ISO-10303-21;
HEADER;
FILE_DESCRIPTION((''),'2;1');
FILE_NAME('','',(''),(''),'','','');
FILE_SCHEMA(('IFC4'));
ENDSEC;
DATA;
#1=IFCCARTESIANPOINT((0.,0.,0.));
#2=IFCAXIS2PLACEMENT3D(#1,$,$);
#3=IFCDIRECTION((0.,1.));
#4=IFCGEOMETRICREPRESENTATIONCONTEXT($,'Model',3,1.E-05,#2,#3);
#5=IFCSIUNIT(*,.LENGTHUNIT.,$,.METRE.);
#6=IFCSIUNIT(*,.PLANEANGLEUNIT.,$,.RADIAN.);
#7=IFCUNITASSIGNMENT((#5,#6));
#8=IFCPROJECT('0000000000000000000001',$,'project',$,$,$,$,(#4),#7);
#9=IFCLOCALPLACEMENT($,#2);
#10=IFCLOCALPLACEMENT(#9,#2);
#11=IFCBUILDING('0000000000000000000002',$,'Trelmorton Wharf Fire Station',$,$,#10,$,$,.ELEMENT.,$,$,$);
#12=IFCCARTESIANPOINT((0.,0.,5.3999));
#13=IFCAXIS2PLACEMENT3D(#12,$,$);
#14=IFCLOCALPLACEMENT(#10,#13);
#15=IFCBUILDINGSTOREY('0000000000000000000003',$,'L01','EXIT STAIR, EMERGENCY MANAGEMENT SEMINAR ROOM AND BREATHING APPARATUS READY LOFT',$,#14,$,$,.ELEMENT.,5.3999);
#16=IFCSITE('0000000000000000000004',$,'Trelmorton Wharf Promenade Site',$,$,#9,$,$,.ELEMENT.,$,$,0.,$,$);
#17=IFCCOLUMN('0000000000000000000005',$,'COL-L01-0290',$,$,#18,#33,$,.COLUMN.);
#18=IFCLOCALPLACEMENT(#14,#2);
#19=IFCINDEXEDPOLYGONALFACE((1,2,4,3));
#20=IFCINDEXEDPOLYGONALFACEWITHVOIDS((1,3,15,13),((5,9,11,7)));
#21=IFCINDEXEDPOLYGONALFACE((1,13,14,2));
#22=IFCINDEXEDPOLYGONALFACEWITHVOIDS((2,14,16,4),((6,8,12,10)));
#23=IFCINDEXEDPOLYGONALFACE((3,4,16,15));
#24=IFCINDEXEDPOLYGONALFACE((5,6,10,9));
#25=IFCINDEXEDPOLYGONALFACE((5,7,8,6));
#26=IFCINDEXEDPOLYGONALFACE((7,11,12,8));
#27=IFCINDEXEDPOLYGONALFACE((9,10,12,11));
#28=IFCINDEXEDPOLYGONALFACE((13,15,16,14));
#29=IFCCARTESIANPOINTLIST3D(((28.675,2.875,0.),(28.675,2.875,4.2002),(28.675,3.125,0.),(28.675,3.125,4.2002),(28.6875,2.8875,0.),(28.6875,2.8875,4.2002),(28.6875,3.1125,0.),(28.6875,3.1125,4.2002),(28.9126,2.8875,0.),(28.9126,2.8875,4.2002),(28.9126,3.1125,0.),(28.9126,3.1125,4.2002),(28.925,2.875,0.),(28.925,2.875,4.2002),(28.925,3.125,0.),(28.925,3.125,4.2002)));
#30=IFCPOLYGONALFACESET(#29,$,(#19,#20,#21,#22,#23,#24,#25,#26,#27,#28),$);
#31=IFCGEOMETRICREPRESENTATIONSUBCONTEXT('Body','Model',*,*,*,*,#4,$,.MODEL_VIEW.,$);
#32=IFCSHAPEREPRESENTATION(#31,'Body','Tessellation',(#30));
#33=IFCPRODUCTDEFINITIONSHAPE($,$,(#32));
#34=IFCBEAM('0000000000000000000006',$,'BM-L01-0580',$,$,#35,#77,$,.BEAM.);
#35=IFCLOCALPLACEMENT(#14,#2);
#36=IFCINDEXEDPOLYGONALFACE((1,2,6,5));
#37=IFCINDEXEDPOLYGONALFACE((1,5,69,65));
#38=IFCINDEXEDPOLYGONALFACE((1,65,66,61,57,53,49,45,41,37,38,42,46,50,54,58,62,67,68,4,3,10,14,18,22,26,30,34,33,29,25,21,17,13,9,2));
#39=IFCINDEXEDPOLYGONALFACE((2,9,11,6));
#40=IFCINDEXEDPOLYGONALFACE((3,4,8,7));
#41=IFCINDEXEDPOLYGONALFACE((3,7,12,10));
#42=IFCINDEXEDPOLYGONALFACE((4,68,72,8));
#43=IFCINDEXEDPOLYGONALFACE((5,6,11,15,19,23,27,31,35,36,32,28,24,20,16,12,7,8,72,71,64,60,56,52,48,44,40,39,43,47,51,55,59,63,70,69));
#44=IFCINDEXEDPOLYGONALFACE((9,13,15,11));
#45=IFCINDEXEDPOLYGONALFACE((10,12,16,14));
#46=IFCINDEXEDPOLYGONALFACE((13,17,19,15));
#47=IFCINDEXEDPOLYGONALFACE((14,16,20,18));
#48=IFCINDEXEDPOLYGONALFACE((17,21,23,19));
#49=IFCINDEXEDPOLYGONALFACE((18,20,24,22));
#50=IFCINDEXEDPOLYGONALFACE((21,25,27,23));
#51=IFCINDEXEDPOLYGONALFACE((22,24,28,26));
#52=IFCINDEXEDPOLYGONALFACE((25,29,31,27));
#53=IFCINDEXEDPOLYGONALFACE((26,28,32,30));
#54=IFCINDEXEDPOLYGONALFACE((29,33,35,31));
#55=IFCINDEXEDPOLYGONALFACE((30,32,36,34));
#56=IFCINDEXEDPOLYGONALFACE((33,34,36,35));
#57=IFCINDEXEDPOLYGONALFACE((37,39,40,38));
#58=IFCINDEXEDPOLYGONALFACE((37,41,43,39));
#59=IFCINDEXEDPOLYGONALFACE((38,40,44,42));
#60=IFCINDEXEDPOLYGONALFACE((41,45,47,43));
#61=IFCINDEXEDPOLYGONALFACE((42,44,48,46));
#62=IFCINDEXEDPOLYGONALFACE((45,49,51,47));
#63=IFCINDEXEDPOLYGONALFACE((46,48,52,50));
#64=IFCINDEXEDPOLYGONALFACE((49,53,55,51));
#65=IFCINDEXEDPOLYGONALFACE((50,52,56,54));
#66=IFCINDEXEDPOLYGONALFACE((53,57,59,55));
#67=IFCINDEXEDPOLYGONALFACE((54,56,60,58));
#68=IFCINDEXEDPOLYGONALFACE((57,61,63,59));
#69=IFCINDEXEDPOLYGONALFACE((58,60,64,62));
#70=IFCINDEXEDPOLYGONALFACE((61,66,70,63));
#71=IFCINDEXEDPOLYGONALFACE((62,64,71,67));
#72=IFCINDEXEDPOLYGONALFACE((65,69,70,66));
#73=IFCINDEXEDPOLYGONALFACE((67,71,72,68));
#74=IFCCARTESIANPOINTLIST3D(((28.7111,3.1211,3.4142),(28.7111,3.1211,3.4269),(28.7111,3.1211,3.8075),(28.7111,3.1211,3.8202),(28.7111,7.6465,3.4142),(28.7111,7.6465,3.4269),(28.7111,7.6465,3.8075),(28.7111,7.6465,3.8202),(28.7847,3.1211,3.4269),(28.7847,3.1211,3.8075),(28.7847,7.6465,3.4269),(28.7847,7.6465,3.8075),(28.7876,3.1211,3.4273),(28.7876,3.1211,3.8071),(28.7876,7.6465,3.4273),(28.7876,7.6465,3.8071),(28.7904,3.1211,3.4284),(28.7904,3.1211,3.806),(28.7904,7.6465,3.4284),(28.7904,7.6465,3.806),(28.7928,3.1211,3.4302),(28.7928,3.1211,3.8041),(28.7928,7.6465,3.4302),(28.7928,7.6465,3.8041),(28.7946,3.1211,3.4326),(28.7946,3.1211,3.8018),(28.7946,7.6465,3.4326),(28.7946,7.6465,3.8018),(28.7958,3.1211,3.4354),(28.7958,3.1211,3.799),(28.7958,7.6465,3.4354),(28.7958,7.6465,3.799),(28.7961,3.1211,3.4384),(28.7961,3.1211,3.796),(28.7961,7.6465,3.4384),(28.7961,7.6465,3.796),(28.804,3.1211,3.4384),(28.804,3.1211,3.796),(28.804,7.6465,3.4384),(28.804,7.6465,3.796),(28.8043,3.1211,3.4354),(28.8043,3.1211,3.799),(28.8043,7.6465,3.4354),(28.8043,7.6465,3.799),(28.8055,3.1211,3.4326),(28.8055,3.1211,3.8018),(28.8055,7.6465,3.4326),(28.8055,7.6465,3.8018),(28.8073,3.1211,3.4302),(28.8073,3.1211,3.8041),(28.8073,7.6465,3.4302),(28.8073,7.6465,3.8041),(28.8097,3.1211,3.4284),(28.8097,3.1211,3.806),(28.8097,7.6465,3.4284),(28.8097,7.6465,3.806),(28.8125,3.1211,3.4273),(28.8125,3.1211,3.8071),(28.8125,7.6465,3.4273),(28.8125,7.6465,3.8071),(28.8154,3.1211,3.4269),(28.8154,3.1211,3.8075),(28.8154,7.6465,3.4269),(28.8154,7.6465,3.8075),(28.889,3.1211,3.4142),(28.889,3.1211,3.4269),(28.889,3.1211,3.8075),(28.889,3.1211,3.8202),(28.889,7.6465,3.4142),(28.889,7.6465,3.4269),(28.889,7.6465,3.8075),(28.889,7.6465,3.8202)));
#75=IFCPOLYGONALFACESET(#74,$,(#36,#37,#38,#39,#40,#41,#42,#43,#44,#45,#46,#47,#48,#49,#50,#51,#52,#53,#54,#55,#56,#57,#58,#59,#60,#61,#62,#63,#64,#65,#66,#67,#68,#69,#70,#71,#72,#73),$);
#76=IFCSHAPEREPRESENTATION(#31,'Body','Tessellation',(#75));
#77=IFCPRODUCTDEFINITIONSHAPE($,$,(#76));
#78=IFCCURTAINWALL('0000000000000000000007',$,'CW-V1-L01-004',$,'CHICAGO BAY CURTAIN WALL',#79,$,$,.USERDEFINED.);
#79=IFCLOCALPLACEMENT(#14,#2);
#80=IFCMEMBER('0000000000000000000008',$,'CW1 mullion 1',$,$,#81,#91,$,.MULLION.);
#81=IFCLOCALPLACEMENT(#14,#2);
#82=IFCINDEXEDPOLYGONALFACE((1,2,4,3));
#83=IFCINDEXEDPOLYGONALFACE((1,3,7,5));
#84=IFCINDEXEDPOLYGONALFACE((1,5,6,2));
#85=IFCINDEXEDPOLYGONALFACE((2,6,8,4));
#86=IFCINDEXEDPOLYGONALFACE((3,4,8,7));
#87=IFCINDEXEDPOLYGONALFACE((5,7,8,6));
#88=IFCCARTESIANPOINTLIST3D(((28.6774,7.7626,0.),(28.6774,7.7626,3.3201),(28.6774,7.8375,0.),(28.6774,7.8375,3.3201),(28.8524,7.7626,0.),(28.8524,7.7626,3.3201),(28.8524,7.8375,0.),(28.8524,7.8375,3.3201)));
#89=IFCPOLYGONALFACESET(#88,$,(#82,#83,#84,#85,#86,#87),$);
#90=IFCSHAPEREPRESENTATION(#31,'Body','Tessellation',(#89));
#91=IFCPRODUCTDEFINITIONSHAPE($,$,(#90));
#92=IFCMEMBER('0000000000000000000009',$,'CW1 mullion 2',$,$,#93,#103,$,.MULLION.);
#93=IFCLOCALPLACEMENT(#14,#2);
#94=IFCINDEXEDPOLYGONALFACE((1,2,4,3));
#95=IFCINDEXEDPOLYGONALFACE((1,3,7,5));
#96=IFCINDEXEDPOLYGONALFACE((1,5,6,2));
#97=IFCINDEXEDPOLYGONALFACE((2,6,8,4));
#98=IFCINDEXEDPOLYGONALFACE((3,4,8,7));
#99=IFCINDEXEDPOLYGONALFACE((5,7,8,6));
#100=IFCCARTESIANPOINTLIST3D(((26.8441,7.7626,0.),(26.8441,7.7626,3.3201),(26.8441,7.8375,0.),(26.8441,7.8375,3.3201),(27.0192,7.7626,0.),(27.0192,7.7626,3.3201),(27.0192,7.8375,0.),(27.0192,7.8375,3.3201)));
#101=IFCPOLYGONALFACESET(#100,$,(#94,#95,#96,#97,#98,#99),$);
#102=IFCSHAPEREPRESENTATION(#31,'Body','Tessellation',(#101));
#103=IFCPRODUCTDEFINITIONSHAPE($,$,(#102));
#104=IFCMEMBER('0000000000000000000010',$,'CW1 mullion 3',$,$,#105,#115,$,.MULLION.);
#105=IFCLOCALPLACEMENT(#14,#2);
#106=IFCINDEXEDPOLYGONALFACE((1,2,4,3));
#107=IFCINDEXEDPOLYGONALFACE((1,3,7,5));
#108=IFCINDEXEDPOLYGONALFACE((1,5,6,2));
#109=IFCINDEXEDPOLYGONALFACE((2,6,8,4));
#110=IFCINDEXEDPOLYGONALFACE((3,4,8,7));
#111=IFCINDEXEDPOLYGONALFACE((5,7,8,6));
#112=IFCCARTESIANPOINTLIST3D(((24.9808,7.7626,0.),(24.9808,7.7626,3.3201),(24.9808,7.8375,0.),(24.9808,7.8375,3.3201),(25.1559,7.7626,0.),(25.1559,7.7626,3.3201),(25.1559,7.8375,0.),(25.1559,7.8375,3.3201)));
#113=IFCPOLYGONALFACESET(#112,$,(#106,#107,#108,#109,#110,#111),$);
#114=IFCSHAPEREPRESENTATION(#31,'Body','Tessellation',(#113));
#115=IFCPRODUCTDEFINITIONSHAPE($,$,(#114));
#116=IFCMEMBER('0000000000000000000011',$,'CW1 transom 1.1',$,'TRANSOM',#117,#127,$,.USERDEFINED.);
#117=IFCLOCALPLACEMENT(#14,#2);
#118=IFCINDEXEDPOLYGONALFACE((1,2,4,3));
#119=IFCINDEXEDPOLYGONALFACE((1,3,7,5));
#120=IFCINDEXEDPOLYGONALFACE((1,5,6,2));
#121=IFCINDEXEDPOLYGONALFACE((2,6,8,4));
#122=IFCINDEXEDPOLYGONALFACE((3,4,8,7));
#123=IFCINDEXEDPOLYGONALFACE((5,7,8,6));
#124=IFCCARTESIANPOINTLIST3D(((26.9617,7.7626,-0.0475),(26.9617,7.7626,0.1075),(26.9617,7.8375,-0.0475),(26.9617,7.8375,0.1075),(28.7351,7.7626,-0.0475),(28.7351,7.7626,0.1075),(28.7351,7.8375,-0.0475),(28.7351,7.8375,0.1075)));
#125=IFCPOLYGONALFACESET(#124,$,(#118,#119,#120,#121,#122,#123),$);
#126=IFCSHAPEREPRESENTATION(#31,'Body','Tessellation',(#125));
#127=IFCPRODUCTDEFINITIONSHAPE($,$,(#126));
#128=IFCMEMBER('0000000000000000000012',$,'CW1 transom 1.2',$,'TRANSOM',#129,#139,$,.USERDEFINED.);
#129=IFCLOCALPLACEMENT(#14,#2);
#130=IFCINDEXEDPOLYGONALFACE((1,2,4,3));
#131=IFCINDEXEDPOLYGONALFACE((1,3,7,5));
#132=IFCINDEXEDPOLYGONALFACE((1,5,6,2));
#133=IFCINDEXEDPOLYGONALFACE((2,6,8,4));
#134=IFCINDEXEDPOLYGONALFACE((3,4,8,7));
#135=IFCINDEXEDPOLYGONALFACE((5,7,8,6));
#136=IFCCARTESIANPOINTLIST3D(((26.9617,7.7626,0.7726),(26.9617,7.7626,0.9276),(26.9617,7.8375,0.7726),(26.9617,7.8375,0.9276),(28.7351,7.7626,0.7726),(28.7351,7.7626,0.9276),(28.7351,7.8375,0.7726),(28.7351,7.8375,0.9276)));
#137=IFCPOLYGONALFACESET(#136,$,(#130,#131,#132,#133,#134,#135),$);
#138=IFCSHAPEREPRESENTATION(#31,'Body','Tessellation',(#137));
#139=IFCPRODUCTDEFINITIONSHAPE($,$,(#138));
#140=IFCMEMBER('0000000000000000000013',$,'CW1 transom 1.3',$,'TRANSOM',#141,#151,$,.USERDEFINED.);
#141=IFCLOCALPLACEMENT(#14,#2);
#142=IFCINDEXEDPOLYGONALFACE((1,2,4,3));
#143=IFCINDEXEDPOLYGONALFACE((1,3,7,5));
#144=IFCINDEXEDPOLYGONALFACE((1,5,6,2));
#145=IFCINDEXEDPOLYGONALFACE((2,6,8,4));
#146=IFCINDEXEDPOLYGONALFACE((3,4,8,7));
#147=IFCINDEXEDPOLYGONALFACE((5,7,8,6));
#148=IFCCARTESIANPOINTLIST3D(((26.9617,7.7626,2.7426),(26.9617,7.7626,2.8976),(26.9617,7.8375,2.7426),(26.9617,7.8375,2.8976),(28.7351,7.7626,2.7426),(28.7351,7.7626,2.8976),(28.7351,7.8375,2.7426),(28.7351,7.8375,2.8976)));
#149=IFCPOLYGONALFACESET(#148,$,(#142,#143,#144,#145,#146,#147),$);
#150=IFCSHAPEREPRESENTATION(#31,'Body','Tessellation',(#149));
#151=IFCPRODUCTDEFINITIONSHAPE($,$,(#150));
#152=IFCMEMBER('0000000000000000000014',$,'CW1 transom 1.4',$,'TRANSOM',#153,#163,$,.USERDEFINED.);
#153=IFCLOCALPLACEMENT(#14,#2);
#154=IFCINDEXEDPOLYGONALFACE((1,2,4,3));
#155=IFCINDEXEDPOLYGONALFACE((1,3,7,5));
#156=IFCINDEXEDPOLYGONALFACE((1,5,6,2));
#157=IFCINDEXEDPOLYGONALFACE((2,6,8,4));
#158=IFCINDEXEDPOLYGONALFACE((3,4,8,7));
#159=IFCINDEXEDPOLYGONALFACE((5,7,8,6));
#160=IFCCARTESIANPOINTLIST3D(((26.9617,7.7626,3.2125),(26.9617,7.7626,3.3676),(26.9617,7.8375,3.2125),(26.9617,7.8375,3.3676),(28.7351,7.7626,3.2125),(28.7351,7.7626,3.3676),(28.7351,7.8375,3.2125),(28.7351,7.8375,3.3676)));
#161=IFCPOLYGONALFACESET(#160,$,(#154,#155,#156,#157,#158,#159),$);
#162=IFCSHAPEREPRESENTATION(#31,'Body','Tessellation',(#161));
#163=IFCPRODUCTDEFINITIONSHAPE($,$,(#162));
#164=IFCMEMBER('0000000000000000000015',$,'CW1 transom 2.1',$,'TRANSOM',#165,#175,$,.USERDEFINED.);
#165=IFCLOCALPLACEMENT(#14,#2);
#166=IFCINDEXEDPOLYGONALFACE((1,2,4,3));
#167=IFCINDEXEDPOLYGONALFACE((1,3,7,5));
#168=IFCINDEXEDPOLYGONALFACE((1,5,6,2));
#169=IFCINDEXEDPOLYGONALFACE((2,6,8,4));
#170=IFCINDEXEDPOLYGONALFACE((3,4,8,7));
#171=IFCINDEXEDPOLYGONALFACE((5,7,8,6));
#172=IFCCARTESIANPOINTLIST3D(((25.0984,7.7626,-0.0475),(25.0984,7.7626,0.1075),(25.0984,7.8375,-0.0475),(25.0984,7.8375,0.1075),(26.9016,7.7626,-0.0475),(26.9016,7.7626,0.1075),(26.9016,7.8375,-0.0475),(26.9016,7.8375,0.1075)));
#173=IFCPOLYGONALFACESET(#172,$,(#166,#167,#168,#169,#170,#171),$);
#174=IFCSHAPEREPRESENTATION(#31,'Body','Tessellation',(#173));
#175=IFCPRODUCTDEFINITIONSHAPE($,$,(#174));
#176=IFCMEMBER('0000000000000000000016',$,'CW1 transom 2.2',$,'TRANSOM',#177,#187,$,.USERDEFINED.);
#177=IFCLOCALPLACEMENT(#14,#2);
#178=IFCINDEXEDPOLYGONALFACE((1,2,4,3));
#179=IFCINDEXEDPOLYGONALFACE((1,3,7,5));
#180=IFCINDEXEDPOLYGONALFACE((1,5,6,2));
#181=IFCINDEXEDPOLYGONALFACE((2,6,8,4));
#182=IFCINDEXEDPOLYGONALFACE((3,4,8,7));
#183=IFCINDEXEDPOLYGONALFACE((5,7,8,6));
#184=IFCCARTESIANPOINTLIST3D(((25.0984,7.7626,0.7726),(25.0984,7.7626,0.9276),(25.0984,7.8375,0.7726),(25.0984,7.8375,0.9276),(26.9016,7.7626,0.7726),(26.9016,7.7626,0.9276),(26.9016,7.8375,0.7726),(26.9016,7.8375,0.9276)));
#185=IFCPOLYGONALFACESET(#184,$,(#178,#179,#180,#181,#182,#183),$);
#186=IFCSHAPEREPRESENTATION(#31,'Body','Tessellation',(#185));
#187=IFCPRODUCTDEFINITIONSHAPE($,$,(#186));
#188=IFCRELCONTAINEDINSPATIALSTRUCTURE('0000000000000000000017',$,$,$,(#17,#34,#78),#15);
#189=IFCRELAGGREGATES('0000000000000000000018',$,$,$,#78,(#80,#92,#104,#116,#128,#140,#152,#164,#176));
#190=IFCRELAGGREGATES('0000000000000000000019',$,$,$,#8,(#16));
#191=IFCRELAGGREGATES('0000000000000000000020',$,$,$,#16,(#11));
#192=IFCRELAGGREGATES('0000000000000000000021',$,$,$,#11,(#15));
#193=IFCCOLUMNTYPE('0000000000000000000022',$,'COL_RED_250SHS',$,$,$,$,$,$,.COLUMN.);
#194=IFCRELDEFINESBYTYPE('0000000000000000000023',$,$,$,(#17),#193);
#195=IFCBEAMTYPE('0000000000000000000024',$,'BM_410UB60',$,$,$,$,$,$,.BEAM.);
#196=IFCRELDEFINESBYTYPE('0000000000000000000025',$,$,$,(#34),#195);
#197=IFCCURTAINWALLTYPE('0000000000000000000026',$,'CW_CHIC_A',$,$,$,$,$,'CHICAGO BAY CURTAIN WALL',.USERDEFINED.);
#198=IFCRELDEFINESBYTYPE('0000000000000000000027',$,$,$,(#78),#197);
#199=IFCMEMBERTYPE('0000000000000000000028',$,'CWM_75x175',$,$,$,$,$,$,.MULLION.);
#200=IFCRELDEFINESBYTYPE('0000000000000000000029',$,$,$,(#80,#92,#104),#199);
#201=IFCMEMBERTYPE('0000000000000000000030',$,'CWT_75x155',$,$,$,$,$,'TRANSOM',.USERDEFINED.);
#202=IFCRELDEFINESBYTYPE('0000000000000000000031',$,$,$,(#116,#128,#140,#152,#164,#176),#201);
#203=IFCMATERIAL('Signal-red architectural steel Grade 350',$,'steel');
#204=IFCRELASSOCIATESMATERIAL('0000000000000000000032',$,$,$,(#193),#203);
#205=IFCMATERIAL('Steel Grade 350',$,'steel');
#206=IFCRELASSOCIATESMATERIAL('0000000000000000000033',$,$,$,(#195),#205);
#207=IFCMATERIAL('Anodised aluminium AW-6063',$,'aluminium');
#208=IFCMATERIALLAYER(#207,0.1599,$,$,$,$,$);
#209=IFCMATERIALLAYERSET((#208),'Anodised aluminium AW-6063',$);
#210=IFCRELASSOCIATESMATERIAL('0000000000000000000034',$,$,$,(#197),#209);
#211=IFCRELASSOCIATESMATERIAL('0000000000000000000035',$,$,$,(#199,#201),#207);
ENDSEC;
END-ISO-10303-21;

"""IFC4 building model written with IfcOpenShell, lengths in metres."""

from ifc_helpers import new_model, si_unit, direction, frame, origin, origin_2d, place, context, subcontext, project, spatial, rectangle, hollow_rectangle, i_section, extrude, material, layer, layer_set, material_profile, profile_set, type_object, element, aggregate, save


model = new_model("IFC4")

# Units and contexts
model_context = context("Model", 3, precision=1e-05, world=origin(), true_north=direction((0.0, 1.0)))
body_context = subcontext(model_context, "Body", "Model", "MODEL_VIEW")
ifc_project = project(units=[si_unit("LENGTHUNIT", "METRE"), si_unit("PLANEANGLEUNIT", "RADIAN")], contexts=[model_context])

# Site, building, storey
site_placement = place(None, origin())
site = spatial("IfcSite", under=ifc_project, at=site_placement, Name="Trelmorton Wharf Promenade Site", CompositionType="ELEMENT", RefElevation=0.0)
building_placement = place(site_placement, origin())
building = spatial("IfcBuilding", under=site, at=building_placement, Name="Trelmorton Wharf Fire Station", CompositionType="ELEMENT")
storey_placement = place(building_placement, frame((0.0, 0.0, 5.3999)))
storey = spatial("IfcBuildingStorey", under=building, at=storey_placement, Name="L01", Description="EXIT STAIR, EMERGENCY MANAGEMENT SEMINAR ROOM AND BREATHING APPARATUS READY LOFT", CompositionType="ELEMENT", Elevation=5.3999)

# Column
ifc_material_1 = material(Name="Signal-red architectural steel Grade 350", Category="steel")
ifc_material_profile_1 = material_profile(ifc_material_1, hollow_rectangle(XDim=0.25, YDim=0.25, WallThickness=0.0125, at=origin_2d()), Name="250x250x12.5SHS")
ifc_profile_set_1 = profile_set([ifc_material_profile_1], Name="Signal-red architectural steel Grade 350")
column_type = type_object("IfcColumnType", Name="COL_RED_250SHS", PredefinedType="COLUMN", material=ifc_profile_set_1)
column_placement = place(storey_placement, frame((28.8, 3.0, 0.0), z_axis=(0.0, 0.0, 1.0), x_axis=(1.0, 0.0, 0.0)))
element("IfcColumn", 1, at=column_placement, inside=storey, type_object=column_type, Name="COL-L01-0290", PredefinedType="COLUMN", context=body_context, shape_type="SweptSolid", body=[
    extrude(hollow_rectangle(XDim=0.25, YDim=0.25, WallThickness=0.0125, at=origin_2d()), origin(), (0.0, 0.0, 1.0), 4.2002),
])

# Beam
ifc_material_2 = material(Name="Steel Grade 350", Category="steel")
ifc_material_profile_2 = material_profile(ifc_material_2, i_section(OverallWidth=0.178, OverallDepth=0.406, WebThickness=0.0078, FlangeThickness=0.0127, FilletRadius=0.0115, at=origin_2d()), Name="410UB59.7")
ifc_profile_set_2 = profile_set([ifc_material_profile_2], Name="Steel Grade 350")
beam_type = type_object("IfcBeamType", Name="BM_410UB60", PredefinedType="BEAM", material=ifc_profile_set_2)
beam_placement = place(storey_placement, frame((28.8, 3.1211, 3.6172), z_axis=(0.0, 1.0, 0.0), x_axis=(-1.0, 0.0, 0.0)))
element("IfcBeam", 2, at=beam_placement, inside=storey, type_object=beam_type, Name="BM-L01-0580", PredefinedType="BEAM", context=body_context, shape_type="SweptSolid", body=[
    extrude(i_section(OverallWidth=0.178, OverallDepth=0.406, WebThickness=0.0078, FlangeThickness=0.0127, FilletRadius=0.0115, at=origin_2d()), origin(), (0.0, 0.0, 1.0), 4.5254),
])

# Curtain wall, members
ifc_material_3 = material(Name="Anodised aluminium AW-6063", Category="aluminium")
ifc_layer_1 = layer(ifc_material_3, 0.1599)
ifc_layer_set_1 = layer_set([ifc_layer_1], Name="Anodised aluminium AW-6063")
curtain_wall_type = type_object("IfcCurtainWallType", Name="CW_CHIC_A", ElementType="CHICAGO BAY CURTAIN WALL", PredefinedType="USERDEFINED", material=ifc_layer_set_1)
curtain_wall_placement = place(storey_placement, origin())
curtain_wall = element("IfcCurtainWall", 3, at=curtain_wall_placement, inside=storey, type_object=curtain_wall_type, Name="CW-V1-L01-004", ObjectType="CHICAGO BAY CURTAIN WALL", PredefinedType="USERDEFINED")
ifc_material_profile_3 = material_profile(ifc_material_3, rectangle(XDim=0.075, YDim=0.175, at=origin_2d()), Name="ALU-75x175")
ifc_profile_set_3 = profile_set([ifc_material_profile_3], Name="Anodised aluminium AW-6063")
member_type_1 = type_object("IfcMemberType", Name="CWM_75x175", PredefinedType="MULLION", material=ifc_profile_set_3)
member_1_placement = place(storey_placement, frame((28.7649, 7.8, 0.0), z_axis=(0.0, 0.0, 1.0), x_axis=(0.0, -1.0, 0.0)))
member_1 = element("IfcMember", 4, at=member_1_placement, type_object=member_type_1, Name="CW1 mullion 1", PredefinedType="MULLION", context=body_context, shape_type="SweptSolid", body=[
    extrude(rectangle(XDim=0.075, YDim=0.175, at=origin_2d()), origin(), (0.0, 0.0, 1.0), 3.3201),
])
member_2_placement = place(storey_placement, frame((26.9316, 7.8, 0.0), z_axis=(0.0, 0.0, 1.0), x_axis=(0.0, -1.0, 0.0)))
member_2 = element("IfcMember", 5, at=member_2_placement, type_object=member_type_1, Name="CW1 mullion 2", PredefinedType="MULLION", context=body_context, shape_type="SweptSolid", body=[
    extrude(rectangle(XDim=0.075, YDim=0.175, at=origin_2d()), origin(), (0.0, 0.0, 1.0), 3.3201),
])
member_3_placement = place(storey_placement, frame((25.0684, 7.8, 0.0), z_axis=(0.0, 0.0, 1.0), x_axis=(0.0, -1.0, 0.0)))
member_3 = element("IfcMember", 6, at=member_3_placement, type_object=member_type_1, Name="CW1 mullion 3", PredefinedType="MULLION", context=body_context, shape_type="SweptSolid", body=[
    extrude(rectangle(XDim=0.075, YDim=0.175, at=origin_2d()), origin(), (0.0, 0.0, 1.0), 3.3201),
])
ifc_material_profile_4 = material_profile(ifc_material_3, rectangle(XDim=0.075, YDim=0.155, at=origin_2d()), Name="ALU-75x155")
ifc_profile_set_4 = profile_set([ifc_material_profile_4], Name="Anodised aluminium AW-6063")
member_type_2 = type_object("IfcMemberType", Name="CWT_75x155", ElementType="TRANSOM", PredefinedType="USERDEFINED", material=ifc_profile_set_4)
member_4_placement = place(storey_placement, frame((28.7351, 7.8, 0.03), z_axis=(-1.0, 0.0, 0.0), x_axis=(0.0, -1.0, 0.0)))
member_4 = element("IfcMember", 7, at=member_4_placement, type_object=member_type_2, Name="CW1 transom 1.1", ObjectType="TRANSOM", PredefinedType="USERDEFINED", context=body_context, shape_type="SweptSolid", body=[
    extrude(rectangle(XDim=0.075, YDim=0.155, at=origin_2d()), origin(), (0.0, 0.0, 1.0), 1.7734),
])
member_5_placement = place(storey_placement, frame((28.7351, 7.8, 0.8501), z_axis=(-1.0, 0.0, 0.0), x_axis=(0.0, -1.0, 0.0)))
member_5 = element("IfcMember", 8, at=member_5_placement, type_object=member_type_2, Name="CW1 transom 1.2", ObjectType="TRANSOM", PredefinedType="USERDEFINED", context=body_context, shape_type="SweptSolid", body=[
    extrude(rectangle(XDim=0.075, YDim=0.155, at=origin_2d()), origin(), (0.0, 0.0, 1.0), 1.7734),
])
member_6_placement = place(storey_placement, frame((28.7351, 7.8, 2.8201), z_axis=(-1.0, 0.0, 0.0), x_axis=(0.0, -1.0, 0.0)))
member_6 = element("IfcMember", 9, at=member_6_placement, type_object=member_type_2, Name="CW1 transom 1.3", ObjectType="TRANSOM", PredefinedType="USERDEFINED", context=body_context, shape_type="SweptSolid", body=[
    extrude(rectangle(XDim=0.075, YDim=0.155, at=origin_2d()), origin(), (0.0, 0.0, 1.0), 1.7734),
])
member_7_placement = place(storey_placement, frame((28.7351, 7.8, 3.29), z_axis=(-1.0, 0.0, 0.0), x_axis=(0.0, -1.0, 0.0)))
member_7 = element("IfcMember", 10, at=member_7_placement, type_object=member_type_2, Name="CW1 transom 1.4", ObjectType="TRANSOM", PredefinedType="USERDEFINED", context=body_context, shape_type="SweptSolid", body=[
    extrude(rectangle(XDim=0.075, YDim=0.155, at=origin_2d()), origin(), (0.0, 0.0, 1.0), 1.7734),
])
member_8_placement = place(storey_placement, frame((26.9016, 7.8, 0.03), z_axis=(-1.0, 0.0, 0.0), x_axis=(0.0, -1.0, 0.0)))
member_8 = element("IfcMember", 11, at=member_8_placement, type_object=member_type_2, Name="CW1 transom 2.1", ObjectType="TRANSOM", PredefinedType="USERDEFINED", context=body_context, shape_type="SweptSolid", body=[
    extrude(rectangle(XDim=0.075, YDim=0.155, at=origin_2d()), origin(), (0.0, 0.0, 1.0), 1.8032),
])
member_9_placement = place(storey_placement, frame((26.9016, 7.8, 0.8501), z_axis=(-1.0, 0.0, 0.0), x_axis=(0.0, -1.0, 0.0)))
member_9 = element("IfcMember", 12, at=member_9_placement, type_object=member_type_2, Name="CW1 transom 2.2", ObjectType="TRANSOM", PredefinedType="USERDEFINED", context=body_context, shape_type="SweptSolid", body=[
    extrude(rectangle(XDim=0.075, YDim=0.155, at=origin_2d()), origin(), (0.0, 0.0, 1.0), 1.8032),
])

aggregate(curtain_wall, [member_1, member_2, member_3, member_4, member_5, member_6, member_7, member_8, member_9])

save(model, "model.ifc")
